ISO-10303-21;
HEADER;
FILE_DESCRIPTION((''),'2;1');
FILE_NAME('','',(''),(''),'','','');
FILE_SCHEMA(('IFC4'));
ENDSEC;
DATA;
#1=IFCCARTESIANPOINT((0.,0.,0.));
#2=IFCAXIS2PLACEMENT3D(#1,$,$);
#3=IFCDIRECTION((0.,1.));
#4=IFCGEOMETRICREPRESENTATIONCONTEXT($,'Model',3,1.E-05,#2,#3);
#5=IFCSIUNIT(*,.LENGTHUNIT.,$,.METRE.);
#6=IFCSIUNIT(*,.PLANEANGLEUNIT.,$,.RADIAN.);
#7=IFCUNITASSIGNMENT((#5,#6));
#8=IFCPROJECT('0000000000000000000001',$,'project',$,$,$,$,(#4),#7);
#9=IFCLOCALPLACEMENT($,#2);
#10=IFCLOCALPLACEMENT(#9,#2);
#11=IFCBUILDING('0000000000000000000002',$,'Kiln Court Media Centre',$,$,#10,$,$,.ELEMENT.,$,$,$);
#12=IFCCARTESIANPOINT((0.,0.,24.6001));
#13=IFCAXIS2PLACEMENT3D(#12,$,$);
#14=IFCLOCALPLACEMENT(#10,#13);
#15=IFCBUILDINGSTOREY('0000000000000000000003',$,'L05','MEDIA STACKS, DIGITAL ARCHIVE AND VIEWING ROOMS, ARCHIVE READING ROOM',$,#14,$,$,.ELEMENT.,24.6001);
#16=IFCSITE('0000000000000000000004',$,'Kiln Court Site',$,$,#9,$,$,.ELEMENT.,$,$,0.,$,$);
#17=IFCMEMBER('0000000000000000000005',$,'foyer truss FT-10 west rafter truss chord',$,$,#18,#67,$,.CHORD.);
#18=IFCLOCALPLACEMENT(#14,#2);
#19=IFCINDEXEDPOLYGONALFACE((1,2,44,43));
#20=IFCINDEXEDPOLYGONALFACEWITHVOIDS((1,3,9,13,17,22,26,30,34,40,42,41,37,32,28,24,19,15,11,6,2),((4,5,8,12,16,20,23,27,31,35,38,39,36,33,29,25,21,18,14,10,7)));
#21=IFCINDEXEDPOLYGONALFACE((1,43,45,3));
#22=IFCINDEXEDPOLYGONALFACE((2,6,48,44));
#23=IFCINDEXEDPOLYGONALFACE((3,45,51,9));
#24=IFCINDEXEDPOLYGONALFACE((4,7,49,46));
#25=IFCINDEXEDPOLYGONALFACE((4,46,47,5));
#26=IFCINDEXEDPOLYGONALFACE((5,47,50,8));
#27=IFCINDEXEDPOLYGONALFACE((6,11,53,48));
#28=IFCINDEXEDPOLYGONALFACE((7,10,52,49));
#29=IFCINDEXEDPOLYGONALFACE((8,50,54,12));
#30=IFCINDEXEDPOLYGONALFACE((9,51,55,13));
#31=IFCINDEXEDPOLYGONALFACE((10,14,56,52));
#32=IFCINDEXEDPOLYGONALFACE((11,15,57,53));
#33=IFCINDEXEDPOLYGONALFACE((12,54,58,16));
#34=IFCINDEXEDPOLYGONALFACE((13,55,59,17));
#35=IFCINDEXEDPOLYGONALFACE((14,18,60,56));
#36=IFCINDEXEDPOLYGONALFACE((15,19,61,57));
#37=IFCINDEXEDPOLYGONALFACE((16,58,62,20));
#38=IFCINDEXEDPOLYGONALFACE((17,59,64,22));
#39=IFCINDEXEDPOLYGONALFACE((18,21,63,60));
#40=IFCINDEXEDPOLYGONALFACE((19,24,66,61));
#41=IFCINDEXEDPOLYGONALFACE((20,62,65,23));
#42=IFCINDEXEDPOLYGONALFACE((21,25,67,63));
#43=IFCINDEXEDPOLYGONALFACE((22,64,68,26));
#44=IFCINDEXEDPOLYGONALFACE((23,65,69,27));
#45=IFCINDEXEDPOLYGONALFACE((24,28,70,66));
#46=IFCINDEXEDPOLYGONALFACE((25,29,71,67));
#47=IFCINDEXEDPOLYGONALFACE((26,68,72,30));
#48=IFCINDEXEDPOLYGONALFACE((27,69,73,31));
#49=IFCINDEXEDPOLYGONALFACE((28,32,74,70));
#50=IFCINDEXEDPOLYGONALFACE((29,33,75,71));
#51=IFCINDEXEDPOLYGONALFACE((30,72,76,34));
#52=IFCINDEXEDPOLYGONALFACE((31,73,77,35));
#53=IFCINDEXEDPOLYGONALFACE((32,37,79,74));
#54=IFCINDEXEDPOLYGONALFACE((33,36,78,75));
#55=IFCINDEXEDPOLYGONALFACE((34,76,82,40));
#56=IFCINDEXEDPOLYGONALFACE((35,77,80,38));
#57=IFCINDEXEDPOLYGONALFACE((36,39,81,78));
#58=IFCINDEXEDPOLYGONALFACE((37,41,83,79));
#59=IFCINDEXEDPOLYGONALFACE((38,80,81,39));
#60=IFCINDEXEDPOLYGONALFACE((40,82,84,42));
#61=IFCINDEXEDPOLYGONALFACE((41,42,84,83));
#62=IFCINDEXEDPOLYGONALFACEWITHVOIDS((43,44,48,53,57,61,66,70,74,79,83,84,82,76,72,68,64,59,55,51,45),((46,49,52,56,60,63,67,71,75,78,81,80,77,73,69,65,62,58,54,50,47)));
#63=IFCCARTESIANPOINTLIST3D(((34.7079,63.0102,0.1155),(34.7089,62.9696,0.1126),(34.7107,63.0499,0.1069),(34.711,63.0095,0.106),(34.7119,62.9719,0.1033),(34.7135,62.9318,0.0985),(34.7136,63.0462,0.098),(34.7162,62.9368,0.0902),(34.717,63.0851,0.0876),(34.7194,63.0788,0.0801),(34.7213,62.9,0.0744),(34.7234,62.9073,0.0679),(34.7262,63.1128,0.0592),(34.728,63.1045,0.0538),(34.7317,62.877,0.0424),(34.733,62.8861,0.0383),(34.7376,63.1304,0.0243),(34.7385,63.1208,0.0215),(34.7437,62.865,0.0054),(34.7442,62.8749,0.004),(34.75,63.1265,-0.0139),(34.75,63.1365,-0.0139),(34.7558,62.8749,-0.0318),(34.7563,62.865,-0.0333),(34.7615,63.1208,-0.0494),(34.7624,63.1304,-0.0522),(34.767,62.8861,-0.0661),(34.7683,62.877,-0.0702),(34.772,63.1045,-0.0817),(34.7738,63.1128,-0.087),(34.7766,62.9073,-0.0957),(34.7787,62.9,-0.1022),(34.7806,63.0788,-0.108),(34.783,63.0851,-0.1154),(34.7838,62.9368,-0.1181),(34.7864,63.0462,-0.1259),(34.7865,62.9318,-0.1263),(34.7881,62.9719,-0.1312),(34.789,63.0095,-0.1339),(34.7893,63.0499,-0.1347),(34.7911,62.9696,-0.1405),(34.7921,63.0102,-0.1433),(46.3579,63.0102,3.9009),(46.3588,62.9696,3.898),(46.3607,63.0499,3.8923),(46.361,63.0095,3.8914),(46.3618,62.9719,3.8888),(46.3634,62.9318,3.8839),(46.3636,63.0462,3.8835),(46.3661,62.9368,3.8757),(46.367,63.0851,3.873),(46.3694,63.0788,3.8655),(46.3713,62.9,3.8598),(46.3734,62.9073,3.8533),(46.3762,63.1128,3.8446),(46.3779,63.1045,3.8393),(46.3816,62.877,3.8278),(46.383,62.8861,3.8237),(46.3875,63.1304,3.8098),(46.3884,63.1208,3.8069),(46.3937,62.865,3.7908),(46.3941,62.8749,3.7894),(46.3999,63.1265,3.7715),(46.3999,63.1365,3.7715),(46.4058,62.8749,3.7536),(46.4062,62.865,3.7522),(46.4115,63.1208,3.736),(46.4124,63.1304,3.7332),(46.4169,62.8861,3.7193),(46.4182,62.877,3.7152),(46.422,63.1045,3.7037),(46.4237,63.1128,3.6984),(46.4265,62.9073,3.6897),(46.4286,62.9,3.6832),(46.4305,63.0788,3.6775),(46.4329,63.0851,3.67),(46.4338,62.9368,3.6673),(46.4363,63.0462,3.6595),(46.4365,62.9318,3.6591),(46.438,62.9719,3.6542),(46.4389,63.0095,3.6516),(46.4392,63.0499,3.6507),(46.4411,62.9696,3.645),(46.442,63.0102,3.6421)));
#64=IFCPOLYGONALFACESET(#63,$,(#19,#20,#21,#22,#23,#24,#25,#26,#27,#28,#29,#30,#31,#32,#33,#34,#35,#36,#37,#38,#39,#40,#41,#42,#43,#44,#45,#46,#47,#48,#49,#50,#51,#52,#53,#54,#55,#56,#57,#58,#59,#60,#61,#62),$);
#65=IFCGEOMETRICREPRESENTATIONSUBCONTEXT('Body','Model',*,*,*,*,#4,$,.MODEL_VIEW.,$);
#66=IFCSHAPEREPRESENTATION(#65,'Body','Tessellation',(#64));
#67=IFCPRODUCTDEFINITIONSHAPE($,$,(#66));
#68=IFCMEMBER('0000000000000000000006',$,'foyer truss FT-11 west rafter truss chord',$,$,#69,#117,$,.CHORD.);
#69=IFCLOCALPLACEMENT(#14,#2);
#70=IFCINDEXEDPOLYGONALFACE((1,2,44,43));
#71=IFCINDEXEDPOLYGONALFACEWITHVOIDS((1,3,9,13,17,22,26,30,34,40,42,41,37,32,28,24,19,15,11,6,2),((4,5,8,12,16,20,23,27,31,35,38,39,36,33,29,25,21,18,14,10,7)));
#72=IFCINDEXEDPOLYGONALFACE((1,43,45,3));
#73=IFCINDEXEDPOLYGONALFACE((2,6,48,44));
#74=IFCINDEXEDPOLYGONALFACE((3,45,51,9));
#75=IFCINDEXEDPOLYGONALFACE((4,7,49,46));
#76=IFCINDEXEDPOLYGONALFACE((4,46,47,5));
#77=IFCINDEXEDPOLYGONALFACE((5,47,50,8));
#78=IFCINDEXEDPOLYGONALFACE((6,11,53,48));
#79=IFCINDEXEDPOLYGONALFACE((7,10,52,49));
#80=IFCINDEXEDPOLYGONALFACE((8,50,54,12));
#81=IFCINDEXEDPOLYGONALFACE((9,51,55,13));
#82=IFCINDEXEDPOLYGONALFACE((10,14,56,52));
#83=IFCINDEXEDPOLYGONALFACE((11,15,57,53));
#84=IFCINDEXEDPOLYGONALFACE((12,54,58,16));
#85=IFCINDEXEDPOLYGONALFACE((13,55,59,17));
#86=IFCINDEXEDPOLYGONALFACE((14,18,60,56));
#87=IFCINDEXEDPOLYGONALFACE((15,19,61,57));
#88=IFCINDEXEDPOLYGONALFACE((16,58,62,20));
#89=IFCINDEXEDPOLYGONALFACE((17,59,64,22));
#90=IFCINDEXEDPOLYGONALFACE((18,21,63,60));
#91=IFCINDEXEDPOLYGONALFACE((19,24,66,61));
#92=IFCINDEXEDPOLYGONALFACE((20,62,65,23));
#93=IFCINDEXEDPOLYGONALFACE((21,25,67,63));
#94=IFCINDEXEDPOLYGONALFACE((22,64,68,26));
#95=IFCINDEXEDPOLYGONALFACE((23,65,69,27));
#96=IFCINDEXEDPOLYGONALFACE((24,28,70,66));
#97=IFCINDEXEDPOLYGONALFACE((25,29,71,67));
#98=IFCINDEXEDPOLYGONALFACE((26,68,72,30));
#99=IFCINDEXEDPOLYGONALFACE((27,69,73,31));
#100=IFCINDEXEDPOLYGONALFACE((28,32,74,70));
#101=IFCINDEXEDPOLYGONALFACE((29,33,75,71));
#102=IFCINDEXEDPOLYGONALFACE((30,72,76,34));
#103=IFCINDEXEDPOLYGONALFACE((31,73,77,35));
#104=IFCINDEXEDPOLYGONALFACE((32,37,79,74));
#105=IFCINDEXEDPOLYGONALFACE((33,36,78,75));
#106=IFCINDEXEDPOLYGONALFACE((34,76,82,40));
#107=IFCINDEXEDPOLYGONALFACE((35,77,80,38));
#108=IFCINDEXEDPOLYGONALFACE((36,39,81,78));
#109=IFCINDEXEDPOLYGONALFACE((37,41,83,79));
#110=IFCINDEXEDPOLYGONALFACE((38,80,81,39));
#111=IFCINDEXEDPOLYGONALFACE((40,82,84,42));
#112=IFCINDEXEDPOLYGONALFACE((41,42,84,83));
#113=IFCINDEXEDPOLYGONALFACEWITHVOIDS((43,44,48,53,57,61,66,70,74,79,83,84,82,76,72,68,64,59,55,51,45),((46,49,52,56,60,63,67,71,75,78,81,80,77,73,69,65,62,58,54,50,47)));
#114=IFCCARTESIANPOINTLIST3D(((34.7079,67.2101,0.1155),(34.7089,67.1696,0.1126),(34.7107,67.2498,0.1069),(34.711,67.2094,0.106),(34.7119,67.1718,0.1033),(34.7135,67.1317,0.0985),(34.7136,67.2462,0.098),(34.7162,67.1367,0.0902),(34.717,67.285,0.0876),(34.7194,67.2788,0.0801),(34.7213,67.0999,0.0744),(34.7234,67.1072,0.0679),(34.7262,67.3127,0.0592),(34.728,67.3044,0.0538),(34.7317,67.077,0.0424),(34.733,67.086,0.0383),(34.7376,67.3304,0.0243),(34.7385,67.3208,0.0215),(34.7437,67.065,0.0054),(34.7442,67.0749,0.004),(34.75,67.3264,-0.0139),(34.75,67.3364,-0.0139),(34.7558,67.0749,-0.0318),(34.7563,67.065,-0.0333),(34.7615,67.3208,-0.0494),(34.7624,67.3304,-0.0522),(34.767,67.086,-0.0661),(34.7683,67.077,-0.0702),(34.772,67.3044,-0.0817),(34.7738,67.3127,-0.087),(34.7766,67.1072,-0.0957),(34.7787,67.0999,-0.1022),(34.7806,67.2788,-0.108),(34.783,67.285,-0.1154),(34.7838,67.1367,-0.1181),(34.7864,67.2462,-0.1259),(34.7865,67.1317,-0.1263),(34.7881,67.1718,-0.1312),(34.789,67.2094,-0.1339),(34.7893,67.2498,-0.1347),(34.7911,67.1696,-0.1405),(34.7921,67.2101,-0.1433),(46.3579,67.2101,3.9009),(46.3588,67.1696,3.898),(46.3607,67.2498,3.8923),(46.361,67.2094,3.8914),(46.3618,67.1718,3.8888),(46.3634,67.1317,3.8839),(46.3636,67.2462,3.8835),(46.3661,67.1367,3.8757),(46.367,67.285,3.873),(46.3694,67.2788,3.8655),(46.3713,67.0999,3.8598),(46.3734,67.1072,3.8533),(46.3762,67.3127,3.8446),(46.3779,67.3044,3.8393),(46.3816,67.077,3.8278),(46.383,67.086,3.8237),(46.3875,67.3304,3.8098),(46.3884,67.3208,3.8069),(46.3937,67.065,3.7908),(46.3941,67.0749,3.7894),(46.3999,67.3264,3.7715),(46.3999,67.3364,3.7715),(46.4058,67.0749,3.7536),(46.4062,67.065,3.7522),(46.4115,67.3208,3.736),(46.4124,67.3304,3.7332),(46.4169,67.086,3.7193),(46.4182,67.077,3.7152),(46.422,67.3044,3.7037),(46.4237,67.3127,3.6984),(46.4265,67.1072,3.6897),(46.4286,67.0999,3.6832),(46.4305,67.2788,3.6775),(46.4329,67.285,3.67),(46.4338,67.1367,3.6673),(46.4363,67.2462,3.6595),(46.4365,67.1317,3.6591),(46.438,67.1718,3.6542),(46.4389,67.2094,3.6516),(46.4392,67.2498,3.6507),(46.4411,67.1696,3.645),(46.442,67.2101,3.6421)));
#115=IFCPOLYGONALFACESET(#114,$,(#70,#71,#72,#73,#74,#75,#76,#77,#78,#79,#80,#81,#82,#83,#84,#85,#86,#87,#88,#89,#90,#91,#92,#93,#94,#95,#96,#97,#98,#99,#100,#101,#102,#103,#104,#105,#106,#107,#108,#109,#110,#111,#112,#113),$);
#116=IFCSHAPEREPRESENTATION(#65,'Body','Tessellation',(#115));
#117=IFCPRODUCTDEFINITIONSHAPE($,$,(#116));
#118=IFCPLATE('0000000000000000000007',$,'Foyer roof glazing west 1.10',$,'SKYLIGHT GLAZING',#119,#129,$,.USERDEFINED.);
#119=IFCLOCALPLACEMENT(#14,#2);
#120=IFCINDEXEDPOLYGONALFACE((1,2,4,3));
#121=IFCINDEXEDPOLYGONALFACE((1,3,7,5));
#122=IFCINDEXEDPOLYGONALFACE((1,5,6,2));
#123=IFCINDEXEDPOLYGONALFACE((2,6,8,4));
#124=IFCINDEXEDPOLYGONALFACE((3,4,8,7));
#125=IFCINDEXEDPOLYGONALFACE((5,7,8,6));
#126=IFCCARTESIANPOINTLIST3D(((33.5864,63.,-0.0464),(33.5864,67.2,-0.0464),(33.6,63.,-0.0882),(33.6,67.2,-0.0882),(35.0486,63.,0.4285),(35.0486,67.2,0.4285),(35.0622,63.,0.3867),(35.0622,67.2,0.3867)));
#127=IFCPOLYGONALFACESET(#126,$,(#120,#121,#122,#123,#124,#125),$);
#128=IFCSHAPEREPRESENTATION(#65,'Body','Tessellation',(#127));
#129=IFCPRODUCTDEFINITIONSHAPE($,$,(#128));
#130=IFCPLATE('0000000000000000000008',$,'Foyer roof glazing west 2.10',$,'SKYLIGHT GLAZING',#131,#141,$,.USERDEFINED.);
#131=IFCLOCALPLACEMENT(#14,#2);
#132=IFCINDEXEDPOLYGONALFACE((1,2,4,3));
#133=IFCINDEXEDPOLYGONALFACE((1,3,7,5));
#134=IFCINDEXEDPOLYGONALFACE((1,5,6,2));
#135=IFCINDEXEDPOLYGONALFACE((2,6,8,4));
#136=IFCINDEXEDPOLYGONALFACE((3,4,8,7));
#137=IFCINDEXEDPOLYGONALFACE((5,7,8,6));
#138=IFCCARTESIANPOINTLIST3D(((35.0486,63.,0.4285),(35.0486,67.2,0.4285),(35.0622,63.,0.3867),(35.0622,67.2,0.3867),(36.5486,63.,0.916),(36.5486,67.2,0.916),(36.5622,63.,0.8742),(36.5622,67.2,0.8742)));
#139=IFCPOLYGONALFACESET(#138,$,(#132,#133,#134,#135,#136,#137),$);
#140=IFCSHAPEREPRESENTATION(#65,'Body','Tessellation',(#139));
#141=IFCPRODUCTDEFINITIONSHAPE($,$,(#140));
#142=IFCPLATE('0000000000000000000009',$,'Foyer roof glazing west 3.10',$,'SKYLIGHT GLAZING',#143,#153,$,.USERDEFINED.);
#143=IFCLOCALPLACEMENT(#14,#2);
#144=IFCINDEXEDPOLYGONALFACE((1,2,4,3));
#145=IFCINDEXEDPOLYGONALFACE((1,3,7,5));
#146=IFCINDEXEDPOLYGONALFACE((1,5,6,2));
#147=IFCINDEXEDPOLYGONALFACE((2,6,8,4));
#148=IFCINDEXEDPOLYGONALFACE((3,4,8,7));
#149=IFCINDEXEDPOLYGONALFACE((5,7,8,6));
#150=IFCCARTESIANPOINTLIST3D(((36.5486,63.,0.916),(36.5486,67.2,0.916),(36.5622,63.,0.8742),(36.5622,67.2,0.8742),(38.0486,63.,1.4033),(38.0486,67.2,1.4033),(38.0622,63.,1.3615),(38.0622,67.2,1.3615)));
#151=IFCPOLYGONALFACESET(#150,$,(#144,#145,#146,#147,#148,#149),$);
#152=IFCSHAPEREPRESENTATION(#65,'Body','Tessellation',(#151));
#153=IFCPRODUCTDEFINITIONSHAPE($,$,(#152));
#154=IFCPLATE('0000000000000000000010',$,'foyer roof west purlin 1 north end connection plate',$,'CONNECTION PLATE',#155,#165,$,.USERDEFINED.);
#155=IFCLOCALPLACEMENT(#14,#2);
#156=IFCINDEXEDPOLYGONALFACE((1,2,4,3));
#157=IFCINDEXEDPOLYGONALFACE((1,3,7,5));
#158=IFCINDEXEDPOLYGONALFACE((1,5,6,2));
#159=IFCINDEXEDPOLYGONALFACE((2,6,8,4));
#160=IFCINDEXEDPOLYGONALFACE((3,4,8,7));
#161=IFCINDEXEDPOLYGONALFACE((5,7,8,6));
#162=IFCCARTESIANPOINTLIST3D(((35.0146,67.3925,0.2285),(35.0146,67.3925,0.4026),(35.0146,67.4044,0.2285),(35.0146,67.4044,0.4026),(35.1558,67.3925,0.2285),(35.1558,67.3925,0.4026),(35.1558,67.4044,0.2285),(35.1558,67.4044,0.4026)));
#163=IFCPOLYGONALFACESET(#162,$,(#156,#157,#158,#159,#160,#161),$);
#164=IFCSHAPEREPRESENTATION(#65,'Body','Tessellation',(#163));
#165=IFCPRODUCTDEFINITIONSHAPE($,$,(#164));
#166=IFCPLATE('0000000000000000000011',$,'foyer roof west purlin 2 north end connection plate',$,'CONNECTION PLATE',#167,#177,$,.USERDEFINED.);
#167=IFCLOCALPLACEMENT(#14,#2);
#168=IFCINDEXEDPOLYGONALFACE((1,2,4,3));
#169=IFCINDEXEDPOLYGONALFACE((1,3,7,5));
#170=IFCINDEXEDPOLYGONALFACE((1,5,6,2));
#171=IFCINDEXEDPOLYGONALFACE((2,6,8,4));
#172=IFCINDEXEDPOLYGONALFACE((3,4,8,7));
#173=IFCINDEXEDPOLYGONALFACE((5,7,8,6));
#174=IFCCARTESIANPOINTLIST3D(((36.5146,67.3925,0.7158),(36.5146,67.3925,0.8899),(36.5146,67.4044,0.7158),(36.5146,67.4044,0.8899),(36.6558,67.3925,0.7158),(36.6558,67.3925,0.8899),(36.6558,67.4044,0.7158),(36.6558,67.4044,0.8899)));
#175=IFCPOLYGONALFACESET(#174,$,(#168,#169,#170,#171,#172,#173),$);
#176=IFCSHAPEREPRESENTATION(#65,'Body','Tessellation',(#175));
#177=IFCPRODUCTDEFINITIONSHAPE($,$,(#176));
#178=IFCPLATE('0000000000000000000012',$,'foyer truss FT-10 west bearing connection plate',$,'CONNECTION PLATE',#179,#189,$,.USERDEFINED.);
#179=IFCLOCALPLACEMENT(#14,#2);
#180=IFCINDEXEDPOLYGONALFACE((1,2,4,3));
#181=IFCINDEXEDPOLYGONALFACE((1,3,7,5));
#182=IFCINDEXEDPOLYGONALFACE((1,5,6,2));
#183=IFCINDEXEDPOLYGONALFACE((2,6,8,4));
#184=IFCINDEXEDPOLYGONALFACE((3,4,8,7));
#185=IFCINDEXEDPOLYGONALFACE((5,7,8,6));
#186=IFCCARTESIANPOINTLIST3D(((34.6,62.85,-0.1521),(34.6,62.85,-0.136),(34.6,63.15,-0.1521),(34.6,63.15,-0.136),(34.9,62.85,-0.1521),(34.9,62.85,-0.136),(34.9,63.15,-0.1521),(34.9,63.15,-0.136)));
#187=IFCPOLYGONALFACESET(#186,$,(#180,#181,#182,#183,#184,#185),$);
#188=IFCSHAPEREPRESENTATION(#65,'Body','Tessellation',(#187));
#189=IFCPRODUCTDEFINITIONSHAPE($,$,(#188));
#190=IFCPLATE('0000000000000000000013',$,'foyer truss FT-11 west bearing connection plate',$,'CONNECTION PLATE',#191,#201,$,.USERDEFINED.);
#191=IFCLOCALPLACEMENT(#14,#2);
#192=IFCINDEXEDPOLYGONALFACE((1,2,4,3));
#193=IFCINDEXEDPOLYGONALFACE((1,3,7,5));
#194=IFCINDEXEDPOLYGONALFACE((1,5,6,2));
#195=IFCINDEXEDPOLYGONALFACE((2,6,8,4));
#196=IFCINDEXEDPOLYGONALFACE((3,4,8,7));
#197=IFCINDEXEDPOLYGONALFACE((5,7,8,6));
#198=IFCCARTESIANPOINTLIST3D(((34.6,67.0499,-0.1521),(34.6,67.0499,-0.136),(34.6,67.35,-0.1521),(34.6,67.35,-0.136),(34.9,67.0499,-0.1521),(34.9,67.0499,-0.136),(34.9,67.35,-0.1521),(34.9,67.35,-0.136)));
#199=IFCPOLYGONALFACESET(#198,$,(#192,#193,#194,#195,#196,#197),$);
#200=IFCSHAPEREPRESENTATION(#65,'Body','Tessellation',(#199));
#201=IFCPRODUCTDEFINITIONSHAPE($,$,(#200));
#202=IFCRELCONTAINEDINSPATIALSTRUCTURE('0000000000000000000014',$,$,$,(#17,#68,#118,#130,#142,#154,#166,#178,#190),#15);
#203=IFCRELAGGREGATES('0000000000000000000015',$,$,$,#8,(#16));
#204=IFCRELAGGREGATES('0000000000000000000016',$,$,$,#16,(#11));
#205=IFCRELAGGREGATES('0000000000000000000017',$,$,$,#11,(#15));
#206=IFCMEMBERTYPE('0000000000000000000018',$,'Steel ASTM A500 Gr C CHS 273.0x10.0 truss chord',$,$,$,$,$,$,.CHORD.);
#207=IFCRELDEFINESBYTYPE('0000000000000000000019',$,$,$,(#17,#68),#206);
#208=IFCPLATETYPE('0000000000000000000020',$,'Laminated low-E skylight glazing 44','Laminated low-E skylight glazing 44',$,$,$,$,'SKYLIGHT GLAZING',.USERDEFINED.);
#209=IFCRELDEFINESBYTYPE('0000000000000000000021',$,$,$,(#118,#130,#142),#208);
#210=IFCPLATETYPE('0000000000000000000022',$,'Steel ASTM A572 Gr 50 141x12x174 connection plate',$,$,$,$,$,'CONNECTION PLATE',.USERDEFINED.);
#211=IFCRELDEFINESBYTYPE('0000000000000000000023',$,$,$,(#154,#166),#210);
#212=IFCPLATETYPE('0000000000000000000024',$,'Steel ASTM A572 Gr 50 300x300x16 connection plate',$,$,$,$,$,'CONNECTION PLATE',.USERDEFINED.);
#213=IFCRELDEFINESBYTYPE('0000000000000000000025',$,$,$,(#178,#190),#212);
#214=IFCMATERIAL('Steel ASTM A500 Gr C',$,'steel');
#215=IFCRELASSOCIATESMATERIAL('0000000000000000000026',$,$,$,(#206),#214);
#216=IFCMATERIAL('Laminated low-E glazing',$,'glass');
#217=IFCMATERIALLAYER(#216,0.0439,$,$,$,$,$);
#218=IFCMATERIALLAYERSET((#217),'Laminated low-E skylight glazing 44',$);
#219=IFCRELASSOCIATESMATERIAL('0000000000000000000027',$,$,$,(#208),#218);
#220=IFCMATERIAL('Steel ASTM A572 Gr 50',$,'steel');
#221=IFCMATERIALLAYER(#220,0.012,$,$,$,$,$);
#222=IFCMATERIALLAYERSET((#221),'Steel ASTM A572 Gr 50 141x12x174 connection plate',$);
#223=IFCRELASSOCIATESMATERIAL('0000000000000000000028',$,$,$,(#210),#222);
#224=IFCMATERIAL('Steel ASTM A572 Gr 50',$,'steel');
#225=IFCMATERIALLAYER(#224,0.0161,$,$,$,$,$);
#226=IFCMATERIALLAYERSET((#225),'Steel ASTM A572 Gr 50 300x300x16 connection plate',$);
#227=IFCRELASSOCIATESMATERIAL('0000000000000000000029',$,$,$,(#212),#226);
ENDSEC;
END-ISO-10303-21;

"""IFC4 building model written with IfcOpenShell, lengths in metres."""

from ifc_helpers import new_model, si_unit, direction, frame, origin, origin_2d, place, context, subcontext, project, spatial, polyline, rectangle, hollow_circle, outline, extrude, material, layer, layer_set, material_profile, profile_set, type_object, element, save


model = new_model("IFC4")

# Units and contexts
model_context = context("Model", 3, precision=1e-05, world=origin(), true_north=direction((0.0, 1.0)))
body_context = subcontext(model_context, "Body", "Model", "MODEL_VIEW")
ifc_project = project(units=[si_unit("LENGTHUNIT", "METRE"), si_unit("PLANEANGLEUNIT", "RADIAN")], contexts=[model_context])

# Site, building, storey
site_placement = place(None, origin())
site = spatial("IfcSite", under=ifc_project, at=site_placement, Name="Kiln Court Site", CompositionType="ELEMENT", RefElevation=0.0)
building_placement = place(site_placement, origin())
building = spatial("IfcBuilding", under=site, at=building_placement, Name="Kiln Court Media Centre", CompositionType="ELEMENT")
storey_placement = place(building_placement, frame((0.0, 0.0, 24.6001)))
storey = spatial("IfcBuildingStorey", under=building, at=storey_placement, Name="L05", Description="MEDIA STACKS, DIGITAL ARCHIVE AND VIEWING ROOMS, ARCHIVE READING ROOM", CompositionType="ELEMENT", Elevation=24.6001)

# Members
ifc_material_1 = material(Name="Steel ASTM A500 Gr C", Category="steel")
ifc_material_profile_1 = material_profile(ifc_material_1, hollow_circle(Radius=0.1365, WallThickness=0.01, at=origin_2d()), Name="CHS 273.0x10.0")
ifc_profile_set_1 = profile_set([ifc_material_profile_1], Name="Steel ASTM A500 Gr C")
member_type_1 = type_object("IfcMemberType", Name="Steel ASTM A500 Gr C CHS 273.0x10.0 truss chord", PredefinedType="CHORD", material=ifc_profile_set_1)
for number, where, z_axis, x_axis, name in (
    (1, (34.75, 63.0, -0.0139), (0.951054, 0.0, 0.309026), (0.0, 1.0, 0.0), "foyer truss FT-10 west rafter truss chord"),
    (2, (34.75, 67.2, -0.0139), (0.951054, 0.0, 0.309026), (0.0, 1.0, 0.0), "foyer truss FT-11 west rafter truss chord"),
):
    element("IfcMember", number, at=place(storey_placement, frame(where, z_axis=z_axis, x_axis=x_axis)), inside=storey, type_object=member_type_1, Name=name, PredefinedType="CHORD", context=body_context, shape_type="SweptSolid", body=[
        extrude(hollow_circle(Radius=0.1365, WallThickness=0.01, at=origin_2d()), origin(), (0.0, 0.0, 1.0), 12.2495),
    ])

# Plates
ifc_material_2 = material(Name="Laminated low-E glazing", Category="glass")
ifc_layer_1 = layer(ifc_material_2, 0.0439)
ifc_layer_set_1 = layer_set([ifc_layer_1], Name="Laminated low-E skylight glazing 44")
plate_type_1 = type_object("IfcPlateType", Name="Laminated low-E skylight glazing 44", Description="Laminated low-E skylight glazing 44", ElementType="SKYLIGHT GLAZING", PredefinedType="USERDEFINED", material=ifc_layer_set_1)
plate_1_placement = place(storey_placement, frame((33.5864, 63.0, -0.0464), z_axis=(-0.308881, 0.0, 0.951101), x_axis=(0.951101, 0.0, 0.308881)))
element("IfcPlate", 3, at=plate_1_placement, inside=storey, type_object=plate_type_1, Name="Foyer roof glazing west 1.10", ObjectType="SKYLIGHT GLAZING", PredefinedType="USERDEFINED", context=body_context, shape_type="SweptSolid", body=[
    extrude(outline(polyline([(0.0, 0.0), (1.5373, 0.0), (1.5373, 4.2), (0.0, 4.2), (0.0, 0.0)])), origin(), (0.0, 0.0, -1.0), 0.0439),
])
plate_2_placement = place(storey_placement, frame((35.0486, 63.0, 0.4285), z_axis=(-0.309114, 0.0, 0.951025), x_axis=(0.951025, 0.0, 0.309114)))
element("IfcPlate", 4, at=plate_2_placement, inside=storey, type_object=plate_type_1, Name="Foyer roof glazing west 2.10", ObjectType="SKYLIGHT GLAZING", PredefinedType="USERDEFINED", context=body_context, shape_type="SweptSolid", body=[
    extrude(outline(polyline([(0.0, 0.0), (1.5772, 0.0), (1.5772, 4.2), (0.0, 4.2), (0.0, 0.0)])), origin(), (0.0, 0.0, -1.0), 0.0439),
])
plate_3_placement = place(storey_placement, frame((36.5486, 63.0, 0.916), z_axis=(-0.308974, 0.0, 0.95107), x_axis=(0.95107, 0.0, 0.308974)))
element("IfcPlate", 5, at=plate_3_placement, inside=storey, type_object=plate_type_1, Name="Foyer roof glazing west 3.10", ObjectType="SKYLIGHT GLAZING", PredefinedType="USERDEFINED", context=body_context, shape_type="SweptSolid", body=[
    extrude(outline(polyline([(0.0, 0.0), (1.5772, 0.0), (1.5772, 4.2), (0.0, 4.2), (0.0, 0.0)])), origin(), (0.0, 0.0, -1.0), 0.0439),
])
ifc_material_3 = material(Name="Steel ASTM A572 Gr 50", Category="steel")
ifc_layer_2 = layer(ifc_material_3, 0.012)
ifc_layer_set_2 = layer_set([ifc_layer_2], Name="Steel ASTM A572 Gr 50 141x12x174 connection plate")
plate_type_2 = type_object("IfcPlateType", Name="Steel ASTM A572 Gr 50 141x12x174 connection plate", ElementType="CONNECTION PLATE", PredefinedType="USERDEFINED", material=ifc_layer_set_2)
for number, where, z_axis, x_axis, name in (
    (6, (35.0852, 67.3984, 0.2285), (0.0, 0.0, 1.0), (1.0, 0.0, 0.0), "foyer roof west purlin 1 north end connection plate"),
    (7, (36.5852, 67.3984, 0.7158), (0.0, 0.0, 1.0), (1.0, 0.0, 0.0), "foyer roof west purlin 2 north end connection plate"),
):
    element("IfcPlate", number, at=place(storey_placement, frame(where, z_axis=z_axis, x_axis=x_axis)), inside=storey, type_object=plate_type_2, Name=name, ObjectType="CONNECTION PLATE", PredefinedType="USERDEFINED", context=body_context, shape_type="SweptSolid", body=[
        extrude(rectangle(XDim=0.1411, YDim=0.012, at=origin_2d()), origin(), (0.0, 0.0, 1.0), 0.1741),
    ])
ifc_material_4 = material(Name="Steel ASTM A572 Gr 50", Category="steel")
ifc_layer_3 = layer(ifc_material_4, 0.0161)
ifc_layer_set_3 = layer_set([ifc_layer_3], Name="Steel ASTM A572 Gr 50 300x300x16 connection plate")
plate_type_3 = type_object("IfcPlateType", Name="Steel ASTM A572 Gr 50 300x300x16 connection plate", ElementType="CONNECTION PLATE", PredefinedType="USERDEFINED", material=ifc_layer_set_3)
for number, where, z_axis, x_axis, name in (
    (8, (34.75, 63.0, -0.1521), (0.0, 0.0, 1.0), (1.0, 0.0, 0.0), "foyer truss FT-10 west bearing connection plate"),
    (9, (34.75, 67.2, -0.1521), (0.0, 0.0, 1.0), (1.0, 0.0, 0.0), "foyer truss FT-11 west bearing connection plate"),
):
    element("IfcPlate", number, at=place(storey_placement, frame(where, z_axis=z_axis, x_axis=x_axis)), inside=storey, type_object=plate_type_3, Name=name, ObjectType="CONNECTION PLATE", PredefinedType="USERDEFINED", context=body_context, shape_type="SweptSolid", body=[
        extrude(rectangle(XDim=0.3, YDim=0.3, at=origin_2d()), origin(), (0.0, 0.0, 1.0), 0.0161),
    ])

save(model, "model.ifc")
